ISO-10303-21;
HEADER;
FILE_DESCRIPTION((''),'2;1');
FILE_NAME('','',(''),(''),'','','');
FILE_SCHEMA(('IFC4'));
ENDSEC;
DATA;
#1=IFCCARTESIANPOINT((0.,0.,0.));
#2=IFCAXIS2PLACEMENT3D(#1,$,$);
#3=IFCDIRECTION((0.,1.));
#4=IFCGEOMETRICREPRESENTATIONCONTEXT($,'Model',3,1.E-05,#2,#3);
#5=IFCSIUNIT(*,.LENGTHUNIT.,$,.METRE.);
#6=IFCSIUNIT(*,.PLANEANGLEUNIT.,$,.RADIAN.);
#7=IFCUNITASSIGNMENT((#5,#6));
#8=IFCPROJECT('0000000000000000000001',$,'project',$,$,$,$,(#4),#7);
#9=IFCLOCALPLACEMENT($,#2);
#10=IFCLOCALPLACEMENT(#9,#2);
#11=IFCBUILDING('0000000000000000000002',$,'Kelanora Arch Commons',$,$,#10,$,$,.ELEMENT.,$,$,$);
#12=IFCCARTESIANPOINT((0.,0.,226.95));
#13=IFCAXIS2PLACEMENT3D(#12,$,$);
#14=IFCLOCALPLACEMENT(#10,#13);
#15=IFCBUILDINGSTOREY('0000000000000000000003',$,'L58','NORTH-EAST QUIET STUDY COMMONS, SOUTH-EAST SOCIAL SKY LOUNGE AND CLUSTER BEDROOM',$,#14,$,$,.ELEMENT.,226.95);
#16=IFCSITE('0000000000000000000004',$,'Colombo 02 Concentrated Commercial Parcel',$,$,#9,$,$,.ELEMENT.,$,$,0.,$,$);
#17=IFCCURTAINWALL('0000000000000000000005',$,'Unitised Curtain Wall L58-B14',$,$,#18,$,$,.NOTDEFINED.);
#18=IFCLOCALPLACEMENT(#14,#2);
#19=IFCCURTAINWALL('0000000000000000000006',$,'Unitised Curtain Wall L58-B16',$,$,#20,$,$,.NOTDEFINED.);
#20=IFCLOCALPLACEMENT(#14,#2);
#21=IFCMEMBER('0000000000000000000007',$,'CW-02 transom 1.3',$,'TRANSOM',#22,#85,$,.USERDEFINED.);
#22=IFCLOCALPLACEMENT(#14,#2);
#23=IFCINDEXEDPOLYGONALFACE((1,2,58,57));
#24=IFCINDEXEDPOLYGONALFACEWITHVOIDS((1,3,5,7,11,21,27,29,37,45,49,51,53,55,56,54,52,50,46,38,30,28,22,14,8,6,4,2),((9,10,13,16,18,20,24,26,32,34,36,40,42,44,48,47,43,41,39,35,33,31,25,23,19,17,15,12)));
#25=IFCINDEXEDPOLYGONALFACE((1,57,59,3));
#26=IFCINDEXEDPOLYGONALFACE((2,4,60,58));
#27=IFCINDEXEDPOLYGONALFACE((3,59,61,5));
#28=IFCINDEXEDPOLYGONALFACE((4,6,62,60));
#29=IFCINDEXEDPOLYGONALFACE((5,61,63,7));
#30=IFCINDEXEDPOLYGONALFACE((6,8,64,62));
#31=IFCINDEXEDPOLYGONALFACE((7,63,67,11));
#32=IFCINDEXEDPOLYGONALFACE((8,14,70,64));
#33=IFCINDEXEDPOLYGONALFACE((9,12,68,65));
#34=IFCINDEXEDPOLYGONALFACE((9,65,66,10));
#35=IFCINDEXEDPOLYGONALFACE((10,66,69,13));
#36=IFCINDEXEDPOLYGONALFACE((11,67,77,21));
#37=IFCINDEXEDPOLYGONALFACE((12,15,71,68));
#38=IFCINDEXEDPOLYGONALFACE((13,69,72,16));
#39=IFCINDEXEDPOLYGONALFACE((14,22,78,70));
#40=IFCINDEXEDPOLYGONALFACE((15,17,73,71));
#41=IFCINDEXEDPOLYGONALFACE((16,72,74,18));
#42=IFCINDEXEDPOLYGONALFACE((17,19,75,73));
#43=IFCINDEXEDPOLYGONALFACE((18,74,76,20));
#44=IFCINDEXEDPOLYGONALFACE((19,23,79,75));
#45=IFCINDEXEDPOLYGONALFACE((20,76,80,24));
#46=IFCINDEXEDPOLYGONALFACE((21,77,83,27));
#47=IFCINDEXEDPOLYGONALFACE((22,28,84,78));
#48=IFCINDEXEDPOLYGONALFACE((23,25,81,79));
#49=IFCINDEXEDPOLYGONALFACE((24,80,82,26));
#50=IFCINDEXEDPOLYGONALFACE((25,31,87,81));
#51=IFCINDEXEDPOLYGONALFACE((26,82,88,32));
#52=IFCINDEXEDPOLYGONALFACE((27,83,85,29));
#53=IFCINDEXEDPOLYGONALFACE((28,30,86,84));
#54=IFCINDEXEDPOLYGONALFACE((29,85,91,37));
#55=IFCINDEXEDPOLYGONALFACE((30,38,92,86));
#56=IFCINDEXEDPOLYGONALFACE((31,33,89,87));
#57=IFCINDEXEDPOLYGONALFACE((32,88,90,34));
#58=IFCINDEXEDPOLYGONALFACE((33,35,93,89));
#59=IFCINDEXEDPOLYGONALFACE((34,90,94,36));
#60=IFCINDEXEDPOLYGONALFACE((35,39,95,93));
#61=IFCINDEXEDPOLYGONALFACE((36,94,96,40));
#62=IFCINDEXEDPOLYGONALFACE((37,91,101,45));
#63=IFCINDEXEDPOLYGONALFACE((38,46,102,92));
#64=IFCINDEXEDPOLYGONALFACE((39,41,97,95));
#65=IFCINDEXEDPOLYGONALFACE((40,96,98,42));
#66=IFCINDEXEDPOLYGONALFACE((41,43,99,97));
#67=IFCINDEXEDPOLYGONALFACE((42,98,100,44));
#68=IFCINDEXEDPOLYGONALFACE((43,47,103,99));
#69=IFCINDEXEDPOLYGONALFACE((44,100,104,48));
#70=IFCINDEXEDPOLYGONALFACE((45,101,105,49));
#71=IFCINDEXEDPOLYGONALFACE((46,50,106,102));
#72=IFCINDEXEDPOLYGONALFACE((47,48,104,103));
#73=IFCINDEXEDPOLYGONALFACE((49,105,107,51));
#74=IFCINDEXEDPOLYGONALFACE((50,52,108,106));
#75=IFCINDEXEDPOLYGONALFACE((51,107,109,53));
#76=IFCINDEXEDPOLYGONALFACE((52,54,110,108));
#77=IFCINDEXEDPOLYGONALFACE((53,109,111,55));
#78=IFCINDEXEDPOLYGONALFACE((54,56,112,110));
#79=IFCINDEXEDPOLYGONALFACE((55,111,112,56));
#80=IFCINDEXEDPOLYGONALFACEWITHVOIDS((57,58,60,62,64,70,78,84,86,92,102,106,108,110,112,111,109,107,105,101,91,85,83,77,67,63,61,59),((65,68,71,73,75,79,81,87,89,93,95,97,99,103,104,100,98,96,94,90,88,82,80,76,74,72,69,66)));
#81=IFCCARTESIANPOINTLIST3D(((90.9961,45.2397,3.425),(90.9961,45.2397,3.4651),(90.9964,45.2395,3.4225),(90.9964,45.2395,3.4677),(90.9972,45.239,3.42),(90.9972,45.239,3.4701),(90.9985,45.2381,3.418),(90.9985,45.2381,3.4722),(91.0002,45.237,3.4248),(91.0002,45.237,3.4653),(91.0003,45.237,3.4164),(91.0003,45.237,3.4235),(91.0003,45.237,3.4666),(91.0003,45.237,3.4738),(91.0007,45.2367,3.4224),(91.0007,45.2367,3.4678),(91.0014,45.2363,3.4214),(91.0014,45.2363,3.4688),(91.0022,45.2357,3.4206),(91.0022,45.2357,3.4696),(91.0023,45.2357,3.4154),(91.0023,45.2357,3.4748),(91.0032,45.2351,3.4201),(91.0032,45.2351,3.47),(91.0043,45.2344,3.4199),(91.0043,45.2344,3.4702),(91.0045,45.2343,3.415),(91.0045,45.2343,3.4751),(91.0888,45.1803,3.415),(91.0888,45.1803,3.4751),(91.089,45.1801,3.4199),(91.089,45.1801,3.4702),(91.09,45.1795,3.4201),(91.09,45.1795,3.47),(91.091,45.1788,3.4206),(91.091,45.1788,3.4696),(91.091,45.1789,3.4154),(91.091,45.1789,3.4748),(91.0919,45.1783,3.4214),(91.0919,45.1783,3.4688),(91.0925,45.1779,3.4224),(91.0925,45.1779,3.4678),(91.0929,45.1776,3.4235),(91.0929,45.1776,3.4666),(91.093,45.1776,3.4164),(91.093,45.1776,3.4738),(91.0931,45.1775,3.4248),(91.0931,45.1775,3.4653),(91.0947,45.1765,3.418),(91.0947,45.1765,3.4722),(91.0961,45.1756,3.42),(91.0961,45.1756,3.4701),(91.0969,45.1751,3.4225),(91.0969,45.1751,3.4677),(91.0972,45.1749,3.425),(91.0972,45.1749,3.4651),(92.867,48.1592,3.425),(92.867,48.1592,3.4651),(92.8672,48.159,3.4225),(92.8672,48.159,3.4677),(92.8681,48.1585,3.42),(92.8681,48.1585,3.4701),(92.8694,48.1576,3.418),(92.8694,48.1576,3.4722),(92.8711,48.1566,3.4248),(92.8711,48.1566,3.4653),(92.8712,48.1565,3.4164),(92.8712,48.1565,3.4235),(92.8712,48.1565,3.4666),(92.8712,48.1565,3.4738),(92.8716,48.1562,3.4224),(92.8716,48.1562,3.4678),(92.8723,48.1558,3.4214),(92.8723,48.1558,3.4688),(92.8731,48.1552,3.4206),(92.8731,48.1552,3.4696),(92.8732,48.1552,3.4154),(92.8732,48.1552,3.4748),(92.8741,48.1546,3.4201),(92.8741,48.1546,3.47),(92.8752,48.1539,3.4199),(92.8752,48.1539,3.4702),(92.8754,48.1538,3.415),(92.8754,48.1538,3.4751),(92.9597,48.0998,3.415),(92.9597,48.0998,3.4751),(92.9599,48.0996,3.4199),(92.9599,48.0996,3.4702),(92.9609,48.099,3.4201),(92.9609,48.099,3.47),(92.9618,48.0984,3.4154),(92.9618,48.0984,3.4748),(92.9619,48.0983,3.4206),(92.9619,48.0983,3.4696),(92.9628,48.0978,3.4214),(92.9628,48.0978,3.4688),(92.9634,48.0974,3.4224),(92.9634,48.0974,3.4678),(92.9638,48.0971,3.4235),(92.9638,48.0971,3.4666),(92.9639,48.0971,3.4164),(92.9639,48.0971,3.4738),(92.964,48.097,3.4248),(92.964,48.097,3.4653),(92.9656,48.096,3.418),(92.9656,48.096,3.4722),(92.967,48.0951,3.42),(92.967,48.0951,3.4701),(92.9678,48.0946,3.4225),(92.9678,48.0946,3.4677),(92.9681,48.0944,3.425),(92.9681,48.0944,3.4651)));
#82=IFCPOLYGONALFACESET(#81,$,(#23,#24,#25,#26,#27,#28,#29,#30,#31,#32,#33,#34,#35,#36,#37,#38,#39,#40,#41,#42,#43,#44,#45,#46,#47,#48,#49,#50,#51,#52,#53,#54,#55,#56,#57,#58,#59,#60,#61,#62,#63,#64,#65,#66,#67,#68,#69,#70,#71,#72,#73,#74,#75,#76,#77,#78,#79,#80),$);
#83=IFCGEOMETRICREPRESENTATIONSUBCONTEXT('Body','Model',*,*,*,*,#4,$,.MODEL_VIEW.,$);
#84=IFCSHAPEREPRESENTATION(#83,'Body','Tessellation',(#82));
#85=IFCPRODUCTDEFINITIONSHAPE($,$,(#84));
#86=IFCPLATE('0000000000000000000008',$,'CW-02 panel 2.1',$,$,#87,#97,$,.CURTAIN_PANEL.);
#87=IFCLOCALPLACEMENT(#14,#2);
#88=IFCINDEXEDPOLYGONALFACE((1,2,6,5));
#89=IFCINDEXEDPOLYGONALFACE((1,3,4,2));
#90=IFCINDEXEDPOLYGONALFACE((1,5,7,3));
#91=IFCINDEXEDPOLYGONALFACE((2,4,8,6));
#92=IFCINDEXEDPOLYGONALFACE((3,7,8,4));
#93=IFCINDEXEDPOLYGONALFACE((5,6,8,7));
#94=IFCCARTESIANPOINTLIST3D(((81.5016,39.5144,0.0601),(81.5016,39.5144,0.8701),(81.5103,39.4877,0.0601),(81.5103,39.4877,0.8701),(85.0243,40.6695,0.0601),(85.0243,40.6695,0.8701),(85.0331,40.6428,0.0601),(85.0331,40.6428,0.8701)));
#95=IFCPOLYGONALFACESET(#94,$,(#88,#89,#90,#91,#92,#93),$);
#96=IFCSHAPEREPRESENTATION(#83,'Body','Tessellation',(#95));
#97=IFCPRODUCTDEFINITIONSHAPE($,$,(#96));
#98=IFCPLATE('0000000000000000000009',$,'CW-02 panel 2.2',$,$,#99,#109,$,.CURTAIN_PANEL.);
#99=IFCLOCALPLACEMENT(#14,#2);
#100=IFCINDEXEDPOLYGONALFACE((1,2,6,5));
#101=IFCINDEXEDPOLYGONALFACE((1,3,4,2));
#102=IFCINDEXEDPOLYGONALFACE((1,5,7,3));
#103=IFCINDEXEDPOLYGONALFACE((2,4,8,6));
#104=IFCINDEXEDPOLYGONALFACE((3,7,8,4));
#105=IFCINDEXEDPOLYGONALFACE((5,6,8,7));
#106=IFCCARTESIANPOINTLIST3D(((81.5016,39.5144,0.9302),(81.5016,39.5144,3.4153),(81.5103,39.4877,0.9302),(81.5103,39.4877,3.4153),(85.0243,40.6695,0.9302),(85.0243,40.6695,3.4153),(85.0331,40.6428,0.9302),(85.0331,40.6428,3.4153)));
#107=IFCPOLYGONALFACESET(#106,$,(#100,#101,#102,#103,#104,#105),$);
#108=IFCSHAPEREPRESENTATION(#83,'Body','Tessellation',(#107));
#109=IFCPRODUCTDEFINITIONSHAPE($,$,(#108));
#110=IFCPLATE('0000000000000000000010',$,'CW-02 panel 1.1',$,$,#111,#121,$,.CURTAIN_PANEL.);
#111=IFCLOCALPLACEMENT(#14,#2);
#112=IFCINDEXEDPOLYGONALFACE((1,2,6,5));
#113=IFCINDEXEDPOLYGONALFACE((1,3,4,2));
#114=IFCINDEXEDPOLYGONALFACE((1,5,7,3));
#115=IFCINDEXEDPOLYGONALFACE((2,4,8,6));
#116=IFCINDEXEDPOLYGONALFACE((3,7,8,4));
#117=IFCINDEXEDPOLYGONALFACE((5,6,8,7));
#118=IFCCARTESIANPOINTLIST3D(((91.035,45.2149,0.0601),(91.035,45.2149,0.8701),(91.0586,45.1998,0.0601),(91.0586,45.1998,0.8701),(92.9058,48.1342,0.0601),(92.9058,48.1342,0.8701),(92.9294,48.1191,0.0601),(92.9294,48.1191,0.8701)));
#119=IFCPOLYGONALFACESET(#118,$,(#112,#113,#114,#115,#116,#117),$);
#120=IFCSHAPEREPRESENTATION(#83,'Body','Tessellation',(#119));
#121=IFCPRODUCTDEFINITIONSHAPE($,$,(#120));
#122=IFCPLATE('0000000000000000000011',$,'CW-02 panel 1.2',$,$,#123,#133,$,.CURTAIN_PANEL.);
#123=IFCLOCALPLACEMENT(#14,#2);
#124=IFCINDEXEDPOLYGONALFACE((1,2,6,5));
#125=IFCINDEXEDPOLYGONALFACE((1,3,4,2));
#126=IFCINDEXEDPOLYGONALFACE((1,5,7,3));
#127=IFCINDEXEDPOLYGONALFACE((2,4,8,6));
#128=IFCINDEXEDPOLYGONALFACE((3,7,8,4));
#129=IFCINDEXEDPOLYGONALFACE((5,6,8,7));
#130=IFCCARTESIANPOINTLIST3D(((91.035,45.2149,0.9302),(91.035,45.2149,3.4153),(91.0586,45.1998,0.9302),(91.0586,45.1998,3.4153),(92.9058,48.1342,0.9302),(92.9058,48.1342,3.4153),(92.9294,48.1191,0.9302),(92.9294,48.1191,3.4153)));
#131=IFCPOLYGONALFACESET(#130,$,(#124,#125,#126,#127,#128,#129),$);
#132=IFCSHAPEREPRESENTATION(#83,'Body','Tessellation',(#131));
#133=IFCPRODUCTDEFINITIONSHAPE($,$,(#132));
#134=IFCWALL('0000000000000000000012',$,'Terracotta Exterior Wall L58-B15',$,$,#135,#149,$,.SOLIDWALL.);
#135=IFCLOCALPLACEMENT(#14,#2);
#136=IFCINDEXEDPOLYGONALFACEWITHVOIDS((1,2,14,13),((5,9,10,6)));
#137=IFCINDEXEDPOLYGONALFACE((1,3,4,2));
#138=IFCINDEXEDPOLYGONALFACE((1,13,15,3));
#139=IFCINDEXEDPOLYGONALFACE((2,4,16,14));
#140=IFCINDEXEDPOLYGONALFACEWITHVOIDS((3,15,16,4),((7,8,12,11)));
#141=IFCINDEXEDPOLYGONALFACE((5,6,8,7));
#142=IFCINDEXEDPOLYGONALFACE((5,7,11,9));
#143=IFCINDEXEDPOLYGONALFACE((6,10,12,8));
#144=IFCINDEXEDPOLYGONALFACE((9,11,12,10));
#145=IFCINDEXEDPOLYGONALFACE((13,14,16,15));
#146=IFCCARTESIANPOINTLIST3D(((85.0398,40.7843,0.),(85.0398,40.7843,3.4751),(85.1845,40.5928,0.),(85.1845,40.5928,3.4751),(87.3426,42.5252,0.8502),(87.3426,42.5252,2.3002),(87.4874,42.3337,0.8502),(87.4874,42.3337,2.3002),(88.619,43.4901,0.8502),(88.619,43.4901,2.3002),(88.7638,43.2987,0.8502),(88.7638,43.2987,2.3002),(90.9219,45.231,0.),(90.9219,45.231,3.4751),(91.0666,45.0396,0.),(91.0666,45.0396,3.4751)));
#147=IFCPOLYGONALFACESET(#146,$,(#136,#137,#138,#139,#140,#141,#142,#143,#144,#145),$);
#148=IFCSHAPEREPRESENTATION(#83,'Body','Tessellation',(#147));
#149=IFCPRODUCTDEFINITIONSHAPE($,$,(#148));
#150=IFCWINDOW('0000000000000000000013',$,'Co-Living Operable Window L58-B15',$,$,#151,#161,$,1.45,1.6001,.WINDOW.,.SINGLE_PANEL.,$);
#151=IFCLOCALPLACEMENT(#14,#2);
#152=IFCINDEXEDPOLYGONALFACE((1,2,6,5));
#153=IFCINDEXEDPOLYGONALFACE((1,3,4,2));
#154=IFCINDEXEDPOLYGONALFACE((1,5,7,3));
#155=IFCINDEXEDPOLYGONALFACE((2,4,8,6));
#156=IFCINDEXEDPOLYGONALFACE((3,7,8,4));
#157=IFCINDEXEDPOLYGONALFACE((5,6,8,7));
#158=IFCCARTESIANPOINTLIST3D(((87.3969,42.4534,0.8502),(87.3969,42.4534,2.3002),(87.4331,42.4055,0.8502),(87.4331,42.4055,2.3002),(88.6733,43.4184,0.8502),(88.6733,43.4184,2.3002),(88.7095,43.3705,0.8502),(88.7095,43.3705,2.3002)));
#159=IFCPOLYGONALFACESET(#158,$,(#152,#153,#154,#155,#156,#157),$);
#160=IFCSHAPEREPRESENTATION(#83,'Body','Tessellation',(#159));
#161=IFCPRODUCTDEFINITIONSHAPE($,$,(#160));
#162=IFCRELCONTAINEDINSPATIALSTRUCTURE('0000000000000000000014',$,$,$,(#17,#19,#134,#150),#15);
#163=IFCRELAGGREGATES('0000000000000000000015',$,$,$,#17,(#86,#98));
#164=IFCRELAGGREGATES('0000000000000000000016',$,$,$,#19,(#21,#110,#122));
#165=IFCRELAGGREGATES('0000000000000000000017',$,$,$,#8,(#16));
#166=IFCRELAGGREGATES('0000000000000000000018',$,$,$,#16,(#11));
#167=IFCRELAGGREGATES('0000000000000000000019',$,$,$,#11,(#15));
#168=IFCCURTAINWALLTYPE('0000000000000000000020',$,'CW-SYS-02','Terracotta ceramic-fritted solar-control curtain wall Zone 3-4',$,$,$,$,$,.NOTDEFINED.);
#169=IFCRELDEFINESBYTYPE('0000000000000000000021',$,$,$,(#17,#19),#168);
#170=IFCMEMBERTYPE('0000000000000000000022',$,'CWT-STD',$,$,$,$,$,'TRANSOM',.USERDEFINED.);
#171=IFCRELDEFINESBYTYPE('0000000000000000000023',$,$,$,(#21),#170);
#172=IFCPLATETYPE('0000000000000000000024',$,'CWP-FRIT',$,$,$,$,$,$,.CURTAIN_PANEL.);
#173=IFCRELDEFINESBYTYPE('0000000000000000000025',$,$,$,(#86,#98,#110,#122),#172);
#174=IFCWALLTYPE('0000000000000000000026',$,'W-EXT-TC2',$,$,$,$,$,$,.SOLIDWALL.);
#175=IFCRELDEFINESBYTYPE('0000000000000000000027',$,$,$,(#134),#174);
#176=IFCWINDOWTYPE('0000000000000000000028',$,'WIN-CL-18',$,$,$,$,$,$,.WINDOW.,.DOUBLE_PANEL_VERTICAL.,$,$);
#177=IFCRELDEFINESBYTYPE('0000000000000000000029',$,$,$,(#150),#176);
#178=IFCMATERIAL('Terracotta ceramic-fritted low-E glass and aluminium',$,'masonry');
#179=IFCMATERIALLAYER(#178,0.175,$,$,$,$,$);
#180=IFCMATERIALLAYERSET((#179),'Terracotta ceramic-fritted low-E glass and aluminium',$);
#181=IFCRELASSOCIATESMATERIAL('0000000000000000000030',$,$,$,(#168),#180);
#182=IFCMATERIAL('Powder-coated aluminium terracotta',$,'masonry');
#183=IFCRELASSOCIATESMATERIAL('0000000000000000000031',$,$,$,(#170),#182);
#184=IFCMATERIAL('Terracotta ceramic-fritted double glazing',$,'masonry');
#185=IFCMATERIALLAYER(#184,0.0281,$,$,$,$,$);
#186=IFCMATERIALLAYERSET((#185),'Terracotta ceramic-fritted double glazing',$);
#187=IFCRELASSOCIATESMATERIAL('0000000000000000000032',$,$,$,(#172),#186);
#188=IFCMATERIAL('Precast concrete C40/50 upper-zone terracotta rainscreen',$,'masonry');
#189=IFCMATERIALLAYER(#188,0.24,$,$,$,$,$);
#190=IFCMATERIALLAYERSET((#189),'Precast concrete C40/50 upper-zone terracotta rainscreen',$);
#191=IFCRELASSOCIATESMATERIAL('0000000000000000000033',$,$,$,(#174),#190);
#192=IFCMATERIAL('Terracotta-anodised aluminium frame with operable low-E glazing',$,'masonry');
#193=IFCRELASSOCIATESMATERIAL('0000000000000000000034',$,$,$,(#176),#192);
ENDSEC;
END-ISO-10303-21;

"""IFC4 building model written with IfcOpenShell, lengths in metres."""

from ifc_helpers import new_model, si_unit, direction, frame, frame_2d, origin, origin_2d, place, context, subcontext, project, spatial, rectangle, hollow_rectangle, extrude, source, transform, mapped, material, layer, layer_set, material_profile, profile_set, type_object, element, fill, aggregate, save


model = new_model("IFC4")

# Units and contexts
model_context = context("Model", 3, precision=1e-05, world=origin(), true_north=direction((0.0, 1.0)))
body_context = subcontext(model_context, "Body", "Model", "MODEL_VIEW")
ifc_project = project(units=[si_unit("LENGTHUNIT", "METRE"), si_unit("PLANEANGLEUNIT", "RADIAN")], contexts=[model_context])

# Site, building, storey
site_placement = place(None, origin())
site = spatial("IfcSite", under=ifc_project, at=site_placement, Name="Colombo 02 Concentrated Commercial Parcel", CompositionType="ELEMENT", RefElevation=0.0)
building_placement = place(site_placement, origin())
building = spatial("IfcBuilding", under=site, at=building_placement, Name="Kelanora Arch Commons", CompositionType="ELEMENT")
storey_placement = place(building_placement, frame((0.0, 0.0, 226.95)))
storey = spatial("IfcBuildingStorey", under=building, at=storey_placement, Name="L58", Description="NORTH-EAST QUIET STUDY COMMONS, SOUTH-EAST SOCIAL SKY LOUNGE AND CLUSTER BEDROOM", CompositionType="ELEMENT", Elevation=226.95)

# Curtain wall
ifc_material_1 = material(Name="Terracotta ceramic-fritted low-E glass and aluminium", Category="masonry")
ifc_layer_1 = layer(ifc_material_1, 0.175)
ifc_layer_set_1 = layer_set([ifc_layer_1], Name="Terracotta ceramic-fritted low-E glass and aluminium")
curtain_wall_type = type_object("IfcCurtainWallType", Name="CW-SYS-02", Description="Terracotta ceramic-fritted solar-control curtain wall Zone 3-4", PredefinedType="NOTDEFINED", material=ifc_layer_set_1)
curtain_wall_1_placement = place(storey_placement, origin())
curtain_wall_1 = element("IfcCurtainWall", 1, at=curtain_wall_1_placement, inside=storey, type_object=curtain_wall_type, Name="Unitised Curtain Wall L58-B14", PredefinedType="NOTDEFINED")
ifc_material_2 = material(Name="Powder-coated aluminium terracotta", Category="masonry")

# Curtain wall, member
curtain_wall_2_placement = place(storey_placement, origin())
curtain_wall_2 = element("IfcCurtainWall", 2, at=curtain_wall_2_placement, inside=storey, type_object=curtain_wall_type, Name="Unitised Curtain Wall L58-B16", PredefinedType="NOTDEFINED")
ifc_material_profile_1 = material_profile(ifc_material_2, hollow_rectangle(XDim=0.1201, YDim=0.0601, WallThickness=0.0049, InnerFilletRadius=0.0049, OuterFilletRadius=0.01, at=origin_2d()), Name="CWT120x60")
ifc_profile_set_1 = profile_set([ifc_material_profile_1], Name="Powder-coated aluminium terracotta")
member_type_1 = type_object("IfcMemberType", Name="CWT-STD", ElementType="TRANSOM", PredefinedType="USERDEFINED", material=ifc_profile_set_1)
member_1_placement = place(storey_placement, frame((91.0466, 45.2073, 3.4451), z_axis=(0.539547, 0.841955, 0.0), x_axis=(-0.841955, 0.539547, 0.0)))
member_1 = element("IfcMember", 3, at=member_1_placement, type_object=member_type_1, Name="CW-02 transom 1.3", ObjectType="TRANSOM", PredefinedType="USERDEFINED", context=body_context, shape_type="SweptSolid", body=[
    extrude(hollow_rectangle(XDim=0.1201, YDim=0.0601, WallThickness=0.0049, InnerFilletRadius=0.0049, OuterFilletRadius=0.01, at=origin_2d()), origin(), (0.0, 0.0, 1.0), 3.4675),
])

# Plates
ifc_material_3 = material(Name="Terracotta ceramic-fritted double glazing", Category="masonry")
ifc_layer_2 = layer(ifc_material_3, 0.0281)
ifc_layer_set_2 = layer_set([ifc_layer_2], Name="Terracotta ceramic-fritted double glazing")
plate_type = type_object("IfcPlateType", Name="CWP-FRIT", PredefinedType="CURTAIN_PANEL", material=ifc_layer_set_2)
shared_shape_1 = source(origin(), body_context, "Body", "SweptSolid", [
    extrude(rectangle(XDim=3.7073, YDim=0.0281, at=origin_2d()), origin(), (0.0, 0.0, 1.0), 0.8101),
])
plate_1_placement = place(storey_placement, frame((83.2673, 40.0786, 0.0601), z_axis=(0.0, 0.0, 1.0), x_axis=(0.950219, 0.311582, 0.0)))
plate_1 = element("IfcPlate", 4, at=plate_1_placement, type_object=plate_type, Name="CW-02 panel 2.1", PredefinedType="CURTAIN_PANEL", context=body_context, shape_type="MappedRepresentation", body=[
    mapped(shared_shape_1, transform((0.0, 0.0, 0.0), scale=1.0)),
])
shared_shape_2 = source(origin(), body_context, "Body", "SweptSolid", [
    extrude(rectangle(XDim=3.7073, YDim=0.0281, at=origin_2d()), origin(), (0.0, 0.0, 1.0), 2.4851),
])
plate_2_placement = place(storey_placement, frame((83.2673, 40.0786, 0.9302), z_axis=(0.0, 0.0, 1.0), x_axis=(0.950219, 0.311582, 0.0)))
plate_2 = element("IfcPlate", 5, at=plate_2_placement, type_object=plate_type, Name="CW-02 panel 2.2", PredefinedType="CURTAIN_PANEL", context=body_context, shape_type="MappedRepresentation", body=[
    mapped(shared_shape_2, transform((0.0, 0.0, 0.0), scale=1.0)),
])
aggregate(curtain_wall_1, [plate_1, plate_2])
shared_shape_3 = source(origin(), body_context, "Body", "SweptSolid", [
    extrude(rectangle(XDim=3.4673, YDim=0.0281, at=origin_2d()), origin(), (0.0, 0.0, 1.0), 0.8101),
])
plate_3_placement = place(storey_placement, frame((91.9822, 46.667, 0.0601), z_axis=(0.0, 0.0, 1.0), x_axis=(0.539559, 0.841948, 0.0)))
plate_3 = element("IfcPlate", 6, at=plate_3_placement, type_object=plate_type, Name="CW-02 panel 1.1", PredefinedType="CURTAIN_PANEL", context=body_context, shape_type="MappedRepresentation", body=[
    mapped(shared_shape_3, transform((0.0, 0.0, 0.0), scale=1.0)),
])
shared_shape_4 = source(origin(), body_context, "Body", "SweptSolid", [
    extrude(rectangle(XDim=3.4673, YDim=0.0281, at=origin_2d()), origin(), (0.0, 0.0, 1.0), 2.4851),
])
plate_4_placement = place(storey_placement, frame((91.9822, 46.667, 0.9302), z_axis=(0.0, 0.0, 1.0), x_axis=(0.539559, 0.841948, 0.0)))
plate_4 = element("IfcPlate", 7, at=plate_4_placement, type_object=plate_type, Name="CW-02 panel 1.2", PredefinedType="CURTAIN_PANEL", context=body_context, shape_type="MappedRepresentation", body=[
    mapped(shared_shape_4, transform((0.0, 0.0, 0.0), scale=1.0)),
])
aggregate(curtain_wall_2, [member_1, plate_3, plate_4])

# Wall, opening, window
ifc_material_4 = material(Name="Precast concrete C40/50 upper-zone terracotta rainscreen", Category="masonry")
ifc_layer_3 = layer(ifc_material_4, 0.24)
ifc_layer_set_3 = layer_set([ifc_layer_3], Name="Precast concrete C40/50 upper-zone terracotta rainscreen")
wall_type = type_object("IfcWallType", Name="W-EXT-TC2", PredefinedType="SOLIDWALL", material=ifc_layer_set_3)
wall_placement = place(storey_placement, frame((85.1121, 40.6885, 0.0), z_axis=(0.0, 0.0, 1.0), x_axis=(0.797702, 0.603052, 0.0)))
wall = element("IfcWall", 8, at=wall_placement, inside=storey, type_object=wall_type, Name="Terracotta Exterior Wall L58-B15", PredefinedType="SOLIDWALL", context=body_context, shape_type="SweptSolid", body=[
    extrude(rectangle(XDim=7.3738, YDim=0.24, at=frame_2d((3.687, 0.0))), origin(), (0.0, 0.0, 1.0), 3.4751),
])
opening_placement = place(wall_placement, frame((2.887, 0.0, 0.8501)))
opening = element("IfcOpeningElement", 9, at=opening_placement, cuts=wall, PredefinedType="OPENING", context=body_context, shape_type="SweptSolid", body=[
    extrude(rectangle(XDim=1.6001, YDim=1.45, at=frame_2d((0.8, 0.7251))), frame((0.0, 0.1299, 0.0), z_axis=(0.0, -1.0, 0.0), x_axis=(1.0, 0.0, 0.0)), (0.0, 0.0, 1.0), 0.26),
])
ifc_material_5 = material(Name="Terracotta-anodised aluminium frame with operable low-E glazing", Category="masonry")
window_type = type_object("IfcWindowType", Name="WIN-CL-18", PartitioningType="DOUBLE_PANEL_VERTICAL", PredefinedType="WINDOW", material=ifc_material_5)
window_placement = place(opening_placement, origin())
window = element("IfcWindow", 10, at=window_placement, inside=storey, type_object=window_type, Name="Co-Living Operable Window L58-B15", OverallHeight=1.45, OverallWidth=1.6001, PartitioningType="SINGLE_PANEL", PredefinedType="WINDOW", context=body_context, shape_type="SweptSolid", body=[
    extrude(rectangle(XDim=1.6001, YDim=1.45, at=frame_2d((0.8, 0.7251))), frame((0.0, 0.03, 0.0), z_axis=(0.0, -1.0, 0.0), x_axis=(1.0, 0.0, 0.0)), (0.0, 0.0, 1.0), 0.0601),
])
fill(opening, window)

save(model, "model.ifc")
